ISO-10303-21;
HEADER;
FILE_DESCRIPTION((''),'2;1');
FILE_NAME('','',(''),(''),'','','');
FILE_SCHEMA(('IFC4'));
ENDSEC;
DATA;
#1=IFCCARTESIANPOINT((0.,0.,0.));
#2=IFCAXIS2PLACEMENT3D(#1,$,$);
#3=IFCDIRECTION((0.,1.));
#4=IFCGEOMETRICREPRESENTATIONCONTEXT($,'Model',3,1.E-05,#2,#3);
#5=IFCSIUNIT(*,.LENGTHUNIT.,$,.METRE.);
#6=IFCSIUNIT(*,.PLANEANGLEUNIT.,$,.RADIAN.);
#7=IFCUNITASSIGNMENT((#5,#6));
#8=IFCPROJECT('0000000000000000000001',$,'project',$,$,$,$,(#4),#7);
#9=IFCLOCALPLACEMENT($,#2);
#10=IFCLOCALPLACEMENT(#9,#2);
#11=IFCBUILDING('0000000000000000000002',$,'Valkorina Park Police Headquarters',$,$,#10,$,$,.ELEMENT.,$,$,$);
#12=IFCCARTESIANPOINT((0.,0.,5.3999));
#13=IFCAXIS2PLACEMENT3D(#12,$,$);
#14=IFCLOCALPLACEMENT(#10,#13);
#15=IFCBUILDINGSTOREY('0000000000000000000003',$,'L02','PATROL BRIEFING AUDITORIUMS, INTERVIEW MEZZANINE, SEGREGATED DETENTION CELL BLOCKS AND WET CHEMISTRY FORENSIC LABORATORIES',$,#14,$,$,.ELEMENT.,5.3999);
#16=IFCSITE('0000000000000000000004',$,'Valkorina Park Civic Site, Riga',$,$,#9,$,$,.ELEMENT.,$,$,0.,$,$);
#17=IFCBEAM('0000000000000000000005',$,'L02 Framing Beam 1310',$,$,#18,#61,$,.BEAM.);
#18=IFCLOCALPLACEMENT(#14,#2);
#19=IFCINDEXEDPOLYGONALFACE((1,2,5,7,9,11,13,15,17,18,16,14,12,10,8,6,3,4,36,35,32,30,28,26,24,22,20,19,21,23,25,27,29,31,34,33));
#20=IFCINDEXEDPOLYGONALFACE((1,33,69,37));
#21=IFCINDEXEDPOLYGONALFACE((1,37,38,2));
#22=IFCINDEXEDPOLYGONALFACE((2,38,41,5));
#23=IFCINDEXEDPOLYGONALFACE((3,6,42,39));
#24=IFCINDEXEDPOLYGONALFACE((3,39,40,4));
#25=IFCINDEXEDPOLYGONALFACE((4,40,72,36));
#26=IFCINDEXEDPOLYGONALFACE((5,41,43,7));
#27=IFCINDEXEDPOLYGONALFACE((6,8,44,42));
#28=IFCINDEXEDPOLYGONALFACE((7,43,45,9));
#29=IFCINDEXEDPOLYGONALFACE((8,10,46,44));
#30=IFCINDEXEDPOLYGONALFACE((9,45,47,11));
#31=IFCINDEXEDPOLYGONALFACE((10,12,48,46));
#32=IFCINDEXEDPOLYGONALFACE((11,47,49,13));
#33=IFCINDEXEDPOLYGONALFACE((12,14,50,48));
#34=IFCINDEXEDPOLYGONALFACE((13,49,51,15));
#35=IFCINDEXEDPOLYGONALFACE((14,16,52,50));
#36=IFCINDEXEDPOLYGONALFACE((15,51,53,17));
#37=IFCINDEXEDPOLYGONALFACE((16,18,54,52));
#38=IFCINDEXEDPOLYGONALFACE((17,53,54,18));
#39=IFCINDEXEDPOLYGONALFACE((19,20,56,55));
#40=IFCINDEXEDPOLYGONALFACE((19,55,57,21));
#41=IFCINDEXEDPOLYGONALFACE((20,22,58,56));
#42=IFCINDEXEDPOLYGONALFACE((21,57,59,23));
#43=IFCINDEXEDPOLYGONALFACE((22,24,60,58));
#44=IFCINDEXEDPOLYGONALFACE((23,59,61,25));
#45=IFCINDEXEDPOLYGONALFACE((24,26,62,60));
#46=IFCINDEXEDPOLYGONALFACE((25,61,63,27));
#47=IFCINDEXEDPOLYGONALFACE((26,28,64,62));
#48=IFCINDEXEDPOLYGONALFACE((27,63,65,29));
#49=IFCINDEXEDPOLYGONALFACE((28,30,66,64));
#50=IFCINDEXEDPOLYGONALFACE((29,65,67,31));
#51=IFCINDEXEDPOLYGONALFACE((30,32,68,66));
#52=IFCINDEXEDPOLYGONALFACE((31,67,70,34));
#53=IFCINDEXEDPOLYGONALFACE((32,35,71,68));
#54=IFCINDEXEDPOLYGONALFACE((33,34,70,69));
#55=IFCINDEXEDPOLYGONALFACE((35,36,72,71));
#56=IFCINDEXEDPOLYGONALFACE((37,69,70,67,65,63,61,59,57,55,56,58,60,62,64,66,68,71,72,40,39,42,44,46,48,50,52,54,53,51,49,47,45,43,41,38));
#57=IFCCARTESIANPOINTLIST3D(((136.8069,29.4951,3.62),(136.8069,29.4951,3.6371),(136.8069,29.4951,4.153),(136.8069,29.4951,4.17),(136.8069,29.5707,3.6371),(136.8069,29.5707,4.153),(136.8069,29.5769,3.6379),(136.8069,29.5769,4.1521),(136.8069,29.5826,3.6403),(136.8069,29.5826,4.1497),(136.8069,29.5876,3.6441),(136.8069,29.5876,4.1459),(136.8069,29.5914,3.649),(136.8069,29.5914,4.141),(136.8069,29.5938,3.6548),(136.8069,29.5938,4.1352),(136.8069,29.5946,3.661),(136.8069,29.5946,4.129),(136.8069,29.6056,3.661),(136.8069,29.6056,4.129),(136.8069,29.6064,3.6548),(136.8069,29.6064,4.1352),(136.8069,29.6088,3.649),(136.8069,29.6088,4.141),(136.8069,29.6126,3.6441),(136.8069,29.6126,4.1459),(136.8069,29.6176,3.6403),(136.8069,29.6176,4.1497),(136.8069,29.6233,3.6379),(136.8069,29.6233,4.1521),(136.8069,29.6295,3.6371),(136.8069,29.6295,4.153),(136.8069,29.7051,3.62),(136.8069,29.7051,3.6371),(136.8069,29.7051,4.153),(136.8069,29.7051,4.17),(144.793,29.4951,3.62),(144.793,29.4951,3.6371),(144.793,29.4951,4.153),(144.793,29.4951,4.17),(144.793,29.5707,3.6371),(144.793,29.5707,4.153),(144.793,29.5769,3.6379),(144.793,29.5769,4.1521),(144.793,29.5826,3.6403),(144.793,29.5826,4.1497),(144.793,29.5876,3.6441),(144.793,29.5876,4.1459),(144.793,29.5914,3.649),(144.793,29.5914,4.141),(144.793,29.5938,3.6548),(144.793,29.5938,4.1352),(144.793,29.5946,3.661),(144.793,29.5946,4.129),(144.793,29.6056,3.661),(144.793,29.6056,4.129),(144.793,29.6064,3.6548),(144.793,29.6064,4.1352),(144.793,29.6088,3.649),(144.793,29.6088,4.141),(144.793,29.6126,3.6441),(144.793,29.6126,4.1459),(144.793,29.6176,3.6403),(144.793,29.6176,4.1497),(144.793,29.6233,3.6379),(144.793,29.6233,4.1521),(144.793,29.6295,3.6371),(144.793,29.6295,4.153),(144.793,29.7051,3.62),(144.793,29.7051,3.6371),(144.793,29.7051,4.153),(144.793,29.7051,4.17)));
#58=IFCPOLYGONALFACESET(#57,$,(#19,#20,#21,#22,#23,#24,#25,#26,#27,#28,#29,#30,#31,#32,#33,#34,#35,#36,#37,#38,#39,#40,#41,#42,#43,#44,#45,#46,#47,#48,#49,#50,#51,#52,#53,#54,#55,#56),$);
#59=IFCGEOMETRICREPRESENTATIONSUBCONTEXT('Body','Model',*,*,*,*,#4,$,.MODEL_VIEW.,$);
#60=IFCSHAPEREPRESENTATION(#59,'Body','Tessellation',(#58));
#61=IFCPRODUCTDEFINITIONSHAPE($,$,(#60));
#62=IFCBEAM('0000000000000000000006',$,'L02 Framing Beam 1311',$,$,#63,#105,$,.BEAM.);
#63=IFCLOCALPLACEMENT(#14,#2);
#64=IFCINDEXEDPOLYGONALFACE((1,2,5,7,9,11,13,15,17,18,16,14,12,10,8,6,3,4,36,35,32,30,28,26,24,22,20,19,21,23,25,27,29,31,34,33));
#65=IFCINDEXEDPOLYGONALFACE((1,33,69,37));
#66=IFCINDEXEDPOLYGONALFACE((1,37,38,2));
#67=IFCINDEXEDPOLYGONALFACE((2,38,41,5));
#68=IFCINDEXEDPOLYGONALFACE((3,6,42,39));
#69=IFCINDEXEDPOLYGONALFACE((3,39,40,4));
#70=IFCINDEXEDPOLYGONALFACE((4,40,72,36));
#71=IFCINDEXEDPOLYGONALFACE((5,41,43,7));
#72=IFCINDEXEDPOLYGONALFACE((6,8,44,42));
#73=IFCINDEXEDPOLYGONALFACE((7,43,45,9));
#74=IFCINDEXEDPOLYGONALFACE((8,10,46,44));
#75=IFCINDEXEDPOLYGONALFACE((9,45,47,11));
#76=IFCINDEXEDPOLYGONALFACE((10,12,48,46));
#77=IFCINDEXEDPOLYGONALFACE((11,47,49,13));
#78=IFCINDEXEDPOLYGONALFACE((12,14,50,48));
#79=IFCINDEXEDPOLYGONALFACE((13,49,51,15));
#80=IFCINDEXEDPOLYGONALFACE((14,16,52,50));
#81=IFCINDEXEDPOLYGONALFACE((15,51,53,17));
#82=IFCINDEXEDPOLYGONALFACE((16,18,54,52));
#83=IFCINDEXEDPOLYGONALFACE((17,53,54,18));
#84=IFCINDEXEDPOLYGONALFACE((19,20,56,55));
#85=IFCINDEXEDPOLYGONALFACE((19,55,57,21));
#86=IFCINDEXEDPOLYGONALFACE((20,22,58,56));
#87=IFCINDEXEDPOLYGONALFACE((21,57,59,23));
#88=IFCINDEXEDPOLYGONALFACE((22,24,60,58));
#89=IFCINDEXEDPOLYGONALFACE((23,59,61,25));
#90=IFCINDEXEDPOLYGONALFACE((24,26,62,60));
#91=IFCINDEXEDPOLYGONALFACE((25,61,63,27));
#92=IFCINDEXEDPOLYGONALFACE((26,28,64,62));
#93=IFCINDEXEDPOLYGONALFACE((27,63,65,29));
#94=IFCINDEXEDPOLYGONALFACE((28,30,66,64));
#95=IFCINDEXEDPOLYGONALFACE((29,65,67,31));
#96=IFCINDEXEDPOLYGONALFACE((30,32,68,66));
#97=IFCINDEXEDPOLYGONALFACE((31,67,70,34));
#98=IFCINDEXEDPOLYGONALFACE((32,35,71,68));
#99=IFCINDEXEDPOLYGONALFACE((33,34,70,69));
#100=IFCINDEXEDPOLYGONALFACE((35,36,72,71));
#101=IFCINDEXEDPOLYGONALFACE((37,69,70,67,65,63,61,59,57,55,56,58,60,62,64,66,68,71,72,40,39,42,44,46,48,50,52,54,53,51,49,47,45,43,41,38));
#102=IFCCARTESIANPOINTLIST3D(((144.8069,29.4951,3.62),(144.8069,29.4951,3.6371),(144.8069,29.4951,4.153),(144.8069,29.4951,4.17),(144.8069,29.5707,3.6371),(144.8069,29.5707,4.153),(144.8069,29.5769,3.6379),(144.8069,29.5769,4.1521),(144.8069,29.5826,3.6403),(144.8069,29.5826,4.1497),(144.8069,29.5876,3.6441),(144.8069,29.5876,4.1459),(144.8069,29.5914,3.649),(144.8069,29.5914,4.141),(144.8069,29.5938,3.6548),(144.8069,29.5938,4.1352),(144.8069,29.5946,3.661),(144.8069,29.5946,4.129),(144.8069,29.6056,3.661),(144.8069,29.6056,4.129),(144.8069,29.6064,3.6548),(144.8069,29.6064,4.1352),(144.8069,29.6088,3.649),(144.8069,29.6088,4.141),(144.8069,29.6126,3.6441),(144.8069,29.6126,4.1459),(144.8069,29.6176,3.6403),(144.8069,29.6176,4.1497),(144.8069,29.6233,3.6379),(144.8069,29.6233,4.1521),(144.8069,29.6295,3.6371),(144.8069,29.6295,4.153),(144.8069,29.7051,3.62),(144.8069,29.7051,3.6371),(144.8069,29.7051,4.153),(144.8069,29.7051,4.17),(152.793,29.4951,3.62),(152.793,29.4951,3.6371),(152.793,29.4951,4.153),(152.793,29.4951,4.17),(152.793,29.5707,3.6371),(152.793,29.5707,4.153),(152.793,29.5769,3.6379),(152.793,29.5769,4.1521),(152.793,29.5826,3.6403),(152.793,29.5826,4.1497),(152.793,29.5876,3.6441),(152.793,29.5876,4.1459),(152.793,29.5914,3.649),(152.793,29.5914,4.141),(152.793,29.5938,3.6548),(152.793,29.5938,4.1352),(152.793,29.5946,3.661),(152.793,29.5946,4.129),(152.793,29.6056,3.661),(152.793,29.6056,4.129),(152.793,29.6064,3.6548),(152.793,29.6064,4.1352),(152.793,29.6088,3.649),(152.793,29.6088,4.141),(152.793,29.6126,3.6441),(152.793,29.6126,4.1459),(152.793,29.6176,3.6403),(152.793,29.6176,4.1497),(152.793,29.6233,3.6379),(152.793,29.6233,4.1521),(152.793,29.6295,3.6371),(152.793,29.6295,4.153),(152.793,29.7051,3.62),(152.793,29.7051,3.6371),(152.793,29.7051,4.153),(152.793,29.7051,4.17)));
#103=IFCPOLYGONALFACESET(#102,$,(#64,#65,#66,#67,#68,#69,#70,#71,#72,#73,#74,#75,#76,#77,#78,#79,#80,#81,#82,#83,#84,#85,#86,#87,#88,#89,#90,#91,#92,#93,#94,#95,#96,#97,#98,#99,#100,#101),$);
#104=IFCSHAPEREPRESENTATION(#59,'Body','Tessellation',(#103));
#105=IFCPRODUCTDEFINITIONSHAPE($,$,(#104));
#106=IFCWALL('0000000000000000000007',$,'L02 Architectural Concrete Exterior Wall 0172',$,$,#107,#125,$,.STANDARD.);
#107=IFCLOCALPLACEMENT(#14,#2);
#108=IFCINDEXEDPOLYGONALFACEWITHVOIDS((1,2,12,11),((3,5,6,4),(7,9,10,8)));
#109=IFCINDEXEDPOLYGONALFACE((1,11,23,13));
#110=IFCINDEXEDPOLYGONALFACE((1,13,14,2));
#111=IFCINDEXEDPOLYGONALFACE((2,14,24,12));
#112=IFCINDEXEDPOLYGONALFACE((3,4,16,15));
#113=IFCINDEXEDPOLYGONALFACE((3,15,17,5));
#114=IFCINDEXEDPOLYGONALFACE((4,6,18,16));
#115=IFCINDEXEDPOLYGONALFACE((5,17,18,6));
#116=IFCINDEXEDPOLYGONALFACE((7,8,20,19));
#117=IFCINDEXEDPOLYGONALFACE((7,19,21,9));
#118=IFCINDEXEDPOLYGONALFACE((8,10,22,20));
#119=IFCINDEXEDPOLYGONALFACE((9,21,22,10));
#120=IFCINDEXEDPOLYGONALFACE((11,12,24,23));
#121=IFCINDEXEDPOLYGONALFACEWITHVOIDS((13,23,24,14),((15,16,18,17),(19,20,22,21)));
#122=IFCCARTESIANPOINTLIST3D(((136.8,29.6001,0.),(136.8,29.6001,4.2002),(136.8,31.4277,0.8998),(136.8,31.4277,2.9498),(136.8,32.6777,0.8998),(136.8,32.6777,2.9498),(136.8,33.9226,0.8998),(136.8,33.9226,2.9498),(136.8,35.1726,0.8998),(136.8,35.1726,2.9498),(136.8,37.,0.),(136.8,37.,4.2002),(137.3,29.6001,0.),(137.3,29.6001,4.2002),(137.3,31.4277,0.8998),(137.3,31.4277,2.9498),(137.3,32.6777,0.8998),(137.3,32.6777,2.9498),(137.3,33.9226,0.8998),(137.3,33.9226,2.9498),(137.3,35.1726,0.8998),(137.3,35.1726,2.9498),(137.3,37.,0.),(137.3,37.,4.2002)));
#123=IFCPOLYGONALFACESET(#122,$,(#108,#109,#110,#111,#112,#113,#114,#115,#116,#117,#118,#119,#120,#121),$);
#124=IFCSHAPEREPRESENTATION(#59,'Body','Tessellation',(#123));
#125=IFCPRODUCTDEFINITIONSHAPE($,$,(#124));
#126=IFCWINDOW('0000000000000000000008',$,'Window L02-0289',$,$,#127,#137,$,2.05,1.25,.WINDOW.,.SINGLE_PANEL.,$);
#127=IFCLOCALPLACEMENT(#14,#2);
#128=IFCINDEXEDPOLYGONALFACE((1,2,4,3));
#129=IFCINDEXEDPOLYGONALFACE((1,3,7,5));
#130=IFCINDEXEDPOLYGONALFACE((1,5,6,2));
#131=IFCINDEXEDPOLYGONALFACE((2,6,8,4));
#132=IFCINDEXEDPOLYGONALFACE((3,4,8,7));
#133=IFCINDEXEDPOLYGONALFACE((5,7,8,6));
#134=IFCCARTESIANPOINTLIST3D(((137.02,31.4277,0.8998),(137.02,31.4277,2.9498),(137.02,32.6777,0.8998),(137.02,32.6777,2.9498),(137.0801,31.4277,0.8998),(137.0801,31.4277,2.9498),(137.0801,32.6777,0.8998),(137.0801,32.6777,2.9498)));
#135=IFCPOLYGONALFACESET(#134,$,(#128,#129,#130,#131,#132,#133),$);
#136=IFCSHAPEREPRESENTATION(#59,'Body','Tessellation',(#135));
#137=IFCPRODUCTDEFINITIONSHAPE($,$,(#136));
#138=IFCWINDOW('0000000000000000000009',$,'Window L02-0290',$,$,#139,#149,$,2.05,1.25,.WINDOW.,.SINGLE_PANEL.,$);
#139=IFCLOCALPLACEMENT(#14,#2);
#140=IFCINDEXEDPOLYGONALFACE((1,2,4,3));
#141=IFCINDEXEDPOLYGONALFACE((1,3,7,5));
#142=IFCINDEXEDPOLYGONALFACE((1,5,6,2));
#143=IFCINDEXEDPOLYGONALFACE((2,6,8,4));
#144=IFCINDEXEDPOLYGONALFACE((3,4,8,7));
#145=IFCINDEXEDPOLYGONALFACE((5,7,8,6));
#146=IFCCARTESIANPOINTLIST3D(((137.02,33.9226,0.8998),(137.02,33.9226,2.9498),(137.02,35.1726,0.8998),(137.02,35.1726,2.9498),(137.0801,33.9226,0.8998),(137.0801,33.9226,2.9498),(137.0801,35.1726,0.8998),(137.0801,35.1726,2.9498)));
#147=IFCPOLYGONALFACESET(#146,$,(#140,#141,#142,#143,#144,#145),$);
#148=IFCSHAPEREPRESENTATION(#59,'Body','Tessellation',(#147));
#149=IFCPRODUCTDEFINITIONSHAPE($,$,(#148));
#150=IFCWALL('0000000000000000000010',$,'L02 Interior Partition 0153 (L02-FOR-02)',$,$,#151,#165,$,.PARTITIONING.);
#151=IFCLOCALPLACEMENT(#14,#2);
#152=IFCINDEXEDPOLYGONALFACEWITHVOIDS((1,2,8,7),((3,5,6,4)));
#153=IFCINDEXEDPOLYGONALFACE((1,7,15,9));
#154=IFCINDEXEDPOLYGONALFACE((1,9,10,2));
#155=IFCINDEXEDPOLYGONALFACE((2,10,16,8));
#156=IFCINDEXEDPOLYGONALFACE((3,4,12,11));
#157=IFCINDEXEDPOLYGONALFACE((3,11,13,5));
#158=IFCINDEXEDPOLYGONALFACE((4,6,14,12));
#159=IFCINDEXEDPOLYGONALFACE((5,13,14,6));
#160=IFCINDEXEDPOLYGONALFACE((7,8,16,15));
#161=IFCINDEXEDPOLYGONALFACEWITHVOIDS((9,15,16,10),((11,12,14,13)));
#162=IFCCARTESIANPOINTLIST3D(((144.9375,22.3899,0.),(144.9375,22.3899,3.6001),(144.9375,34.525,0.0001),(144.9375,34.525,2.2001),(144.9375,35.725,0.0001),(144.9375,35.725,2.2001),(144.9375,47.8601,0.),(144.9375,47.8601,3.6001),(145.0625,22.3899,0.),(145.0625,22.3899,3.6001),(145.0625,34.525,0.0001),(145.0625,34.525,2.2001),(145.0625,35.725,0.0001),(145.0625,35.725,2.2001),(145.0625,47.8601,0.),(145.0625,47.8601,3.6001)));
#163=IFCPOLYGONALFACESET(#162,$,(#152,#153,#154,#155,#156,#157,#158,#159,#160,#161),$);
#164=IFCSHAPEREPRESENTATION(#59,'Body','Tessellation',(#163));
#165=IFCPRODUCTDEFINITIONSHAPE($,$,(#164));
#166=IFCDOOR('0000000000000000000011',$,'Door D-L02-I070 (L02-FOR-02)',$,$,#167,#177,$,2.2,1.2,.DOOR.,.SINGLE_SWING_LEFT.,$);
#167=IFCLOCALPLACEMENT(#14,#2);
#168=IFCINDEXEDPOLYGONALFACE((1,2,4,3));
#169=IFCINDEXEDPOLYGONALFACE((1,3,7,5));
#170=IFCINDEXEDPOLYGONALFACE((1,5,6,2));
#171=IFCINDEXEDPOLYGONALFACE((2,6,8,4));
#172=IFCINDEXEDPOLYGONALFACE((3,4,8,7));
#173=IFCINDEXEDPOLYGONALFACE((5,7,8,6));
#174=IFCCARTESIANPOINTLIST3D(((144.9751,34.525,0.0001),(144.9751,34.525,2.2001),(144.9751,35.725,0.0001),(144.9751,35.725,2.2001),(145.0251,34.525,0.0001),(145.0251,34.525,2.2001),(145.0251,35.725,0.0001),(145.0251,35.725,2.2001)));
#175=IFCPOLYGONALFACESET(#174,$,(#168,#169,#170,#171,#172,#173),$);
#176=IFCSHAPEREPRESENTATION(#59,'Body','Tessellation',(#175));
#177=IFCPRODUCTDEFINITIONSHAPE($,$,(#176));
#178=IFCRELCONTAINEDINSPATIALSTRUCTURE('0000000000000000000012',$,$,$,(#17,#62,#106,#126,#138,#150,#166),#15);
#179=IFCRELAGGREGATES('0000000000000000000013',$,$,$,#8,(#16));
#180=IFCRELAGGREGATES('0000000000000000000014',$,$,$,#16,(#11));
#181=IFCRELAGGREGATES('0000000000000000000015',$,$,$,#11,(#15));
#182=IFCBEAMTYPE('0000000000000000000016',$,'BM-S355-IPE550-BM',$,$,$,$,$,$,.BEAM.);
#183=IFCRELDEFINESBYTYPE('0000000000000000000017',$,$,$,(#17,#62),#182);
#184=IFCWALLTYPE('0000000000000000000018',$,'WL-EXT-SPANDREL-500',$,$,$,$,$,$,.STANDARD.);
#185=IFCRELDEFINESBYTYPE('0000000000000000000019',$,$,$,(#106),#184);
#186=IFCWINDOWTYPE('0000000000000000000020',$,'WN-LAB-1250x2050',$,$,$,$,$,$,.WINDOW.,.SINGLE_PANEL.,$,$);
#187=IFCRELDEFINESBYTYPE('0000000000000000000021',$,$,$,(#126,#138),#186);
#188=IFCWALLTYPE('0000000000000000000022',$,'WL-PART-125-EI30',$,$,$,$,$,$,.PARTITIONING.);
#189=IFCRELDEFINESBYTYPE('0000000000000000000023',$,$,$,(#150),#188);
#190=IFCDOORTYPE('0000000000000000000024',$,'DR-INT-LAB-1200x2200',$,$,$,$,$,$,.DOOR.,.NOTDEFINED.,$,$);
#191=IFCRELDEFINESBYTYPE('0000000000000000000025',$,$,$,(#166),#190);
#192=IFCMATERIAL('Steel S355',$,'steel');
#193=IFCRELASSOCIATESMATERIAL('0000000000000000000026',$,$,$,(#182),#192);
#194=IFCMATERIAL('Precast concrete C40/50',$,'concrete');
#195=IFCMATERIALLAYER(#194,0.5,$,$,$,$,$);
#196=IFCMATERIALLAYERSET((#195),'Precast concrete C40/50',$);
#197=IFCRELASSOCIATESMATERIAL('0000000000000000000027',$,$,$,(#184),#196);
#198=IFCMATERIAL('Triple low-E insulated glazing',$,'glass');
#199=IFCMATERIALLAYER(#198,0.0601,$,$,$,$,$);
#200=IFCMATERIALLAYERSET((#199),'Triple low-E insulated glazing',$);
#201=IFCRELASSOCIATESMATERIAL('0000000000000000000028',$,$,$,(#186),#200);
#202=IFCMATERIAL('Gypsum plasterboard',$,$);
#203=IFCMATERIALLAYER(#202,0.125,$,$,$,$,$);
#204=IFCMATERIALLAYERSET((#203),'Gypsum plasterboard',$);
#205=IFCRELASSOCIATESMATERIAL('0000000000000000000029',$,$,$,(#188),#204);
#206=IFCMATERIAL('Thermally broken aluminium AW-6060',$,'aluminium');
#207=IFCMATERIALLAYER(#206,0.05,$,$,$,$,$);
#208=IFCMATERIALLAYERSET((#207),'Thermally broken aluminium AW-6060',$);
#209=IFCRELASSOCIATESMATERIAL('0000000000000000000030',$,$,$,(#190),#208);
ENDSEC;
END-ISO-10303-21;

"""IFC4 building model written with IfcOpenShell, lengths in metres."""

from ifc_helpers import new_model, si_unit, direction, frame, frame_2d, origin, origin_2d, place, context, subcontext, project, spatial, rectangle, i_section, extrude, material, layer, layer_set, material_profile, profile_set, type_object, element, fill, save


model = new_model("IFC4")

# Units and contexts
model_context = context("Model", 3, precision=1e-05, world=origin(), true_north=direction((0.0, 1.0)))
body_context = subcontext(model_context, "Body", "Model", "MODEL_VIEW")
ifc_project = project(units=[si_unit("LENGTHUNIT", "METRE"), si_unit("PLANEANGLEUNIT", "RADIAN")], contexts=[model_context])

# Site, building, storey
site_placement = place(None, origin())
site = spatial("IfcSite", under=ifc_project, at=site_placement, Name="Valkorina Park Civic Site, Riga", CompositionType="ELEMENT", RefElevation=0.0)
building_placement = place(site_placement, origin())
building = spatial("IfcBuilding", under=site, at=building_placement, Name="Valkorina Park Police Headquarters", CompositionType="ELEMENT")
storey_placement = place(building_placement, frame((0.0, 0.0, 5.3999)))
storey = spatial("IfcBuildingStorey", under=building, at=storey_placement, Name="L02", Description="PATROL BRIEFING AUDITORIUMS, INTERVIEW MEZZANINE, SEGREGATED DETENTION CELL BLOCKS AND WET CHEMISTRY FORENSIC LABORATORIES", CompositionType="ELEMENT", Elevation=5.3999)

# Shared definitions
ifc_material_1 = material(Name="Steel S355", Category="steel")

# Beams
ifc_material_profile_1 = material_profile(ifc_material_1, i_section(OverallWidth=0.21, OverallDepth=0.55, WebThickness=0.011, FlangeThickness=0.0171, FilletRadius=0.0239, at=origin_2d()), Name="IPE 550")
ifc_profile_set_1 = profile_set([ifc_material_profile_1], Name="Steel S355")
beam_type_1 = type_object("IfcBeamType", Name="BM-S355-IPE550-BM", PredefinedType="BEAM", material=ifc_profile_set_1)
for number, where, z_axis, x_axis, name in (
    (1, (136.8069, 29.6001, 3.895), (1.0, 0.0, 0.0), (0.0, 1.0, 0.0), "L02 Framing Beam 1310"),
    (2, (144.8069, 29.6001, 3.895), (1.0, 0.0, 0.0), (0.0, 1.0, 0.0), "L02 Framing Beam 1311"),
):
    element("IfcBeam", number, at=place(storey_placement, frame(where, z_axis=z_axis, x_axis=x_axis)), inside=storey, type_object=beam_type_1, Name=name, PredefinedType="BEAM", context=body_context, shape_type="SweptSolid", body=[
        extrude(i_section(OverallWidth=0.21, OverallDepth=0.55, WebThickness=0.011, FlangeThickness=0.0171, FilletRadius=0.0239, at=origin_2d()), origin(), (0.0, 0.0, 1.0), 7.9861),
    ])

# Wall, openings, windows
ifc_material_2 = material(Name="Precast concrete C40/50", Category="concrete")
ifc_layer_1 = layer(ifc_material_2, 0.5)
ifc_layer_set_1 = layer_set([ifc_layer_1], Name="Precast concrete C40/50")
wall_type_1 = type_object("IfcWallType", Name="WL-EXT-SPANDREL-500", PredefinedType="STANDARD", material=ifc_layer_set_1)
wall_1_placement = place(storey_placement, frame((137.05, 29.6001, 0.0), z_axis=(0.0, 0.0, 1.0), x_axis=(0.0, 1.0, 0.0)))
wall_1 = element("IfcWall", 3, at=wall_1_placement, inside=storey, type_object=wall_type_1, Name="L02 Architectural Concrete Exterior Wall 0172", PredefinedType="STANDARD", context=body_context, shape_type="SweptSolid", body=[
    extrude(rectangle(XDim=7.3999, YDim=0.5, at=frame_2d((3.7, 0.0))), origin(), (0.0, 0.0, 1.0), 4.2002),
])
opening_1_placement = place(wall_1_placement, frame((1.8276, 0.0, 0.8999)))
opening_1 = element("IfcOpeningElement", 4, at=opening_1_placement, cuts=wall_1, PredefinedType="OPENING", context=body_context, shape_type="SweptSolid", body=[
    extrude(rectangle(XDim=1.25, YDim=2.05, at=frame_2d((0.625, 1.0249))), frame((0.0, 0.26, 0.0), z_axis=(0.0, -1.0, 0.0), x_axis=(1.0, 0.0, 0.0)), (0.0, 0.0, 1.0), 0.52),
])
opening_2_placement = place(wall_1_placement, frame((4.3225, 0.0, 0.8999)))
opening_2 = element("IfcOpeningElement", 5, at=opening_2_placement, cuts=wall_1, PredefinedType="OPENING", context=body_context, shape_type="SweptSolid", body=[
    extrude(rectangle(XDim=1.25, YDim=2.05, at=frame_2d((0.625, 1.0249))), frame((0.0, 0.26, 0.0), z_axis=(0.0, -1.0, 0.0), x_axis=(1.0, 0.0, 0.0)), (0.0, 0.0, 1.0), 0.52),
])
ifc_material_3 = material(Name="Triple low-E insulated glazing", Category="glass")
ifc_layer_2 = layer(ifc_material_3, 0.0601)
ifc_layer_set_2 = layer_set([ifc_layer_2], Name="Triple low-E insulated glazing")
window_type = type_object("IfcWindowType", Name="WN-LAB-1250x2050", PartitioningType="SINGLE_PANEL", PredefinedType="WINDOW", material=ifc_layer_set_2)
window_1_placement = place(opening_1_placement, origin())
window_1 = element("IfcWindow", 6, at=window_1_placement, inside=storey, type_object=window_type, Name="Window L02-0289", OverallHeight=2.05, OverallWidth=1.25, PartitioningType="SINGLE_PANEL", PredefinedType="WINDOW", context=body_context, shape_type="SweptSolid", body=[
    extrude(rectangle(XDim=1.25, YDim=2.05, at=frame_2d((0.625, 1.0249))), frame((0.0, 0.03, 0.0), z_axis=(0.0, -1.0, 0.0), x_axis=(1.0, 0.0, 0.0)), (0.0, 0.0, 1.0), 0.0601),
])
fill(opening_1, window_1)
window_2_placement = place(opening_2_placement, origin())
window_2 = element("IfcWindow", 7, at=window_2_placement, inside=storey, type_object=window_type, Name="Window L02-0290", OverallHeight=2.05, OverallWidth=1.25, PartitioningType="SINGLE_PANEL", PredefinedType="WINDOW", context=body_context, shape_type="SweptSolid", body=[
    extrude(rectangle(XDim=1.25, YDim=2.05, at=frame_2d((0.625, 1.0249))), frame((0.0, 0.03, 0.0), z_axis=(0.0, -1.0, 0.0), x_axis=(1.0, 0.0, 0.0)), (0.0, 0.0, 1.0), 0.0601),
])
fill(opening_2, window_2)

# Wall, opening, door
ifc_material_4 = material(Name="Gypsum plasterboard")
ifc_layer_3 = layer(ifc_material_4, 0.125)
ifc_layer_set_3 = layer_set([ifc_layer_3], Name="Gypsum plasterboard")
wall_type_2 = type_object("IfcWallType", Name="WL-PART-125-EI30", PredefinedType="PARTITIONING", material=ifc_layer_set_3)
wall_2_placement = place(storey_placement, frame((145.0, 22.3899, 0.0), z_axis=(0.0, 0.0, 1.0), x_axis=(0.0, 1.0, 0.0)))
wall_2 = element("IfcWall", 8, at=wall_2_placement, inside=storey, type_object=wall_type_2, Name="L02 Interior Partition 0153 (L02-FOR-02)", PredefinedType="PARTITIONING", context=body_context, shape_type="SweptSolid", body=[
    extrude(rectangle(XDim=25.4702, YDim=0.125, at=frame_2d((12.7351, 0.0))), origin(), (0.0, 0.0, 1.0), 3.6001),
])
opening_3_placement = place(wall_2_placement, frame((12.135, 0.0, 0.0)))
opening_3 = element("IfcOpeningElement", 9, at=opening_3_placement, cuts=wall_2, PredefinedType="OPENING", context=body_context, shape_type="SweptSolid", body=[
    extrude(rectangle(XDim=1.2, YDim=2.2, at=frame_2d((0.6001, 1.1001))), frame((0.0, 0.0725, 0.0), z_axis=(0.0, -1.0, 0.0), x_axis=(1.0, 0.0, 0.0)), (0.0, 0.0, 1.0), 0.145),
])
ifc_material_5 = material(Name="Thermally broken aluminium AW-6060", Category="aluminium")
ifc_layer_4 = layer(ifc_material_5, 0.05)
ifc_layer_set_4 = layer_set([ifc_layer_4], Name="Thermally broken aluminium AW-6060")
door_type = type_object("IfcDoorType", Name="DR-INT-LAB-1200x2200", OperationType="NOTDEFINED", PredefinedType="DOOR", material=ifc_layer_set_4)
door_placement = place(opening_3_placement, origin())
door = element("IfcDoor", 10, at=door_placement, inside=storey, type_object=door_type, Name="Door D-L02-I070 (L02-FOR-02)", OperationType="SINGLE_SWING_LEFT", OverallHeight=2.2, OverallWidth=1.2, PredefinedType="DOOR", context=body_context, shape_type="SweptSolid", body=[
    extrude(rectangle(XDim=1.2, YDim=2.2, at=frame_2d((0.6001, 1.1001))), frame((0.0, 0.0249, 0.0), z_axis=(0.0, -1.0, 0.0), x_axis=(1.0, 0.0, 0.0)), (0.0, 0.0, 1.0), 0.05),
])
fill(opening_3, door)

save(model, "model.ifc")
